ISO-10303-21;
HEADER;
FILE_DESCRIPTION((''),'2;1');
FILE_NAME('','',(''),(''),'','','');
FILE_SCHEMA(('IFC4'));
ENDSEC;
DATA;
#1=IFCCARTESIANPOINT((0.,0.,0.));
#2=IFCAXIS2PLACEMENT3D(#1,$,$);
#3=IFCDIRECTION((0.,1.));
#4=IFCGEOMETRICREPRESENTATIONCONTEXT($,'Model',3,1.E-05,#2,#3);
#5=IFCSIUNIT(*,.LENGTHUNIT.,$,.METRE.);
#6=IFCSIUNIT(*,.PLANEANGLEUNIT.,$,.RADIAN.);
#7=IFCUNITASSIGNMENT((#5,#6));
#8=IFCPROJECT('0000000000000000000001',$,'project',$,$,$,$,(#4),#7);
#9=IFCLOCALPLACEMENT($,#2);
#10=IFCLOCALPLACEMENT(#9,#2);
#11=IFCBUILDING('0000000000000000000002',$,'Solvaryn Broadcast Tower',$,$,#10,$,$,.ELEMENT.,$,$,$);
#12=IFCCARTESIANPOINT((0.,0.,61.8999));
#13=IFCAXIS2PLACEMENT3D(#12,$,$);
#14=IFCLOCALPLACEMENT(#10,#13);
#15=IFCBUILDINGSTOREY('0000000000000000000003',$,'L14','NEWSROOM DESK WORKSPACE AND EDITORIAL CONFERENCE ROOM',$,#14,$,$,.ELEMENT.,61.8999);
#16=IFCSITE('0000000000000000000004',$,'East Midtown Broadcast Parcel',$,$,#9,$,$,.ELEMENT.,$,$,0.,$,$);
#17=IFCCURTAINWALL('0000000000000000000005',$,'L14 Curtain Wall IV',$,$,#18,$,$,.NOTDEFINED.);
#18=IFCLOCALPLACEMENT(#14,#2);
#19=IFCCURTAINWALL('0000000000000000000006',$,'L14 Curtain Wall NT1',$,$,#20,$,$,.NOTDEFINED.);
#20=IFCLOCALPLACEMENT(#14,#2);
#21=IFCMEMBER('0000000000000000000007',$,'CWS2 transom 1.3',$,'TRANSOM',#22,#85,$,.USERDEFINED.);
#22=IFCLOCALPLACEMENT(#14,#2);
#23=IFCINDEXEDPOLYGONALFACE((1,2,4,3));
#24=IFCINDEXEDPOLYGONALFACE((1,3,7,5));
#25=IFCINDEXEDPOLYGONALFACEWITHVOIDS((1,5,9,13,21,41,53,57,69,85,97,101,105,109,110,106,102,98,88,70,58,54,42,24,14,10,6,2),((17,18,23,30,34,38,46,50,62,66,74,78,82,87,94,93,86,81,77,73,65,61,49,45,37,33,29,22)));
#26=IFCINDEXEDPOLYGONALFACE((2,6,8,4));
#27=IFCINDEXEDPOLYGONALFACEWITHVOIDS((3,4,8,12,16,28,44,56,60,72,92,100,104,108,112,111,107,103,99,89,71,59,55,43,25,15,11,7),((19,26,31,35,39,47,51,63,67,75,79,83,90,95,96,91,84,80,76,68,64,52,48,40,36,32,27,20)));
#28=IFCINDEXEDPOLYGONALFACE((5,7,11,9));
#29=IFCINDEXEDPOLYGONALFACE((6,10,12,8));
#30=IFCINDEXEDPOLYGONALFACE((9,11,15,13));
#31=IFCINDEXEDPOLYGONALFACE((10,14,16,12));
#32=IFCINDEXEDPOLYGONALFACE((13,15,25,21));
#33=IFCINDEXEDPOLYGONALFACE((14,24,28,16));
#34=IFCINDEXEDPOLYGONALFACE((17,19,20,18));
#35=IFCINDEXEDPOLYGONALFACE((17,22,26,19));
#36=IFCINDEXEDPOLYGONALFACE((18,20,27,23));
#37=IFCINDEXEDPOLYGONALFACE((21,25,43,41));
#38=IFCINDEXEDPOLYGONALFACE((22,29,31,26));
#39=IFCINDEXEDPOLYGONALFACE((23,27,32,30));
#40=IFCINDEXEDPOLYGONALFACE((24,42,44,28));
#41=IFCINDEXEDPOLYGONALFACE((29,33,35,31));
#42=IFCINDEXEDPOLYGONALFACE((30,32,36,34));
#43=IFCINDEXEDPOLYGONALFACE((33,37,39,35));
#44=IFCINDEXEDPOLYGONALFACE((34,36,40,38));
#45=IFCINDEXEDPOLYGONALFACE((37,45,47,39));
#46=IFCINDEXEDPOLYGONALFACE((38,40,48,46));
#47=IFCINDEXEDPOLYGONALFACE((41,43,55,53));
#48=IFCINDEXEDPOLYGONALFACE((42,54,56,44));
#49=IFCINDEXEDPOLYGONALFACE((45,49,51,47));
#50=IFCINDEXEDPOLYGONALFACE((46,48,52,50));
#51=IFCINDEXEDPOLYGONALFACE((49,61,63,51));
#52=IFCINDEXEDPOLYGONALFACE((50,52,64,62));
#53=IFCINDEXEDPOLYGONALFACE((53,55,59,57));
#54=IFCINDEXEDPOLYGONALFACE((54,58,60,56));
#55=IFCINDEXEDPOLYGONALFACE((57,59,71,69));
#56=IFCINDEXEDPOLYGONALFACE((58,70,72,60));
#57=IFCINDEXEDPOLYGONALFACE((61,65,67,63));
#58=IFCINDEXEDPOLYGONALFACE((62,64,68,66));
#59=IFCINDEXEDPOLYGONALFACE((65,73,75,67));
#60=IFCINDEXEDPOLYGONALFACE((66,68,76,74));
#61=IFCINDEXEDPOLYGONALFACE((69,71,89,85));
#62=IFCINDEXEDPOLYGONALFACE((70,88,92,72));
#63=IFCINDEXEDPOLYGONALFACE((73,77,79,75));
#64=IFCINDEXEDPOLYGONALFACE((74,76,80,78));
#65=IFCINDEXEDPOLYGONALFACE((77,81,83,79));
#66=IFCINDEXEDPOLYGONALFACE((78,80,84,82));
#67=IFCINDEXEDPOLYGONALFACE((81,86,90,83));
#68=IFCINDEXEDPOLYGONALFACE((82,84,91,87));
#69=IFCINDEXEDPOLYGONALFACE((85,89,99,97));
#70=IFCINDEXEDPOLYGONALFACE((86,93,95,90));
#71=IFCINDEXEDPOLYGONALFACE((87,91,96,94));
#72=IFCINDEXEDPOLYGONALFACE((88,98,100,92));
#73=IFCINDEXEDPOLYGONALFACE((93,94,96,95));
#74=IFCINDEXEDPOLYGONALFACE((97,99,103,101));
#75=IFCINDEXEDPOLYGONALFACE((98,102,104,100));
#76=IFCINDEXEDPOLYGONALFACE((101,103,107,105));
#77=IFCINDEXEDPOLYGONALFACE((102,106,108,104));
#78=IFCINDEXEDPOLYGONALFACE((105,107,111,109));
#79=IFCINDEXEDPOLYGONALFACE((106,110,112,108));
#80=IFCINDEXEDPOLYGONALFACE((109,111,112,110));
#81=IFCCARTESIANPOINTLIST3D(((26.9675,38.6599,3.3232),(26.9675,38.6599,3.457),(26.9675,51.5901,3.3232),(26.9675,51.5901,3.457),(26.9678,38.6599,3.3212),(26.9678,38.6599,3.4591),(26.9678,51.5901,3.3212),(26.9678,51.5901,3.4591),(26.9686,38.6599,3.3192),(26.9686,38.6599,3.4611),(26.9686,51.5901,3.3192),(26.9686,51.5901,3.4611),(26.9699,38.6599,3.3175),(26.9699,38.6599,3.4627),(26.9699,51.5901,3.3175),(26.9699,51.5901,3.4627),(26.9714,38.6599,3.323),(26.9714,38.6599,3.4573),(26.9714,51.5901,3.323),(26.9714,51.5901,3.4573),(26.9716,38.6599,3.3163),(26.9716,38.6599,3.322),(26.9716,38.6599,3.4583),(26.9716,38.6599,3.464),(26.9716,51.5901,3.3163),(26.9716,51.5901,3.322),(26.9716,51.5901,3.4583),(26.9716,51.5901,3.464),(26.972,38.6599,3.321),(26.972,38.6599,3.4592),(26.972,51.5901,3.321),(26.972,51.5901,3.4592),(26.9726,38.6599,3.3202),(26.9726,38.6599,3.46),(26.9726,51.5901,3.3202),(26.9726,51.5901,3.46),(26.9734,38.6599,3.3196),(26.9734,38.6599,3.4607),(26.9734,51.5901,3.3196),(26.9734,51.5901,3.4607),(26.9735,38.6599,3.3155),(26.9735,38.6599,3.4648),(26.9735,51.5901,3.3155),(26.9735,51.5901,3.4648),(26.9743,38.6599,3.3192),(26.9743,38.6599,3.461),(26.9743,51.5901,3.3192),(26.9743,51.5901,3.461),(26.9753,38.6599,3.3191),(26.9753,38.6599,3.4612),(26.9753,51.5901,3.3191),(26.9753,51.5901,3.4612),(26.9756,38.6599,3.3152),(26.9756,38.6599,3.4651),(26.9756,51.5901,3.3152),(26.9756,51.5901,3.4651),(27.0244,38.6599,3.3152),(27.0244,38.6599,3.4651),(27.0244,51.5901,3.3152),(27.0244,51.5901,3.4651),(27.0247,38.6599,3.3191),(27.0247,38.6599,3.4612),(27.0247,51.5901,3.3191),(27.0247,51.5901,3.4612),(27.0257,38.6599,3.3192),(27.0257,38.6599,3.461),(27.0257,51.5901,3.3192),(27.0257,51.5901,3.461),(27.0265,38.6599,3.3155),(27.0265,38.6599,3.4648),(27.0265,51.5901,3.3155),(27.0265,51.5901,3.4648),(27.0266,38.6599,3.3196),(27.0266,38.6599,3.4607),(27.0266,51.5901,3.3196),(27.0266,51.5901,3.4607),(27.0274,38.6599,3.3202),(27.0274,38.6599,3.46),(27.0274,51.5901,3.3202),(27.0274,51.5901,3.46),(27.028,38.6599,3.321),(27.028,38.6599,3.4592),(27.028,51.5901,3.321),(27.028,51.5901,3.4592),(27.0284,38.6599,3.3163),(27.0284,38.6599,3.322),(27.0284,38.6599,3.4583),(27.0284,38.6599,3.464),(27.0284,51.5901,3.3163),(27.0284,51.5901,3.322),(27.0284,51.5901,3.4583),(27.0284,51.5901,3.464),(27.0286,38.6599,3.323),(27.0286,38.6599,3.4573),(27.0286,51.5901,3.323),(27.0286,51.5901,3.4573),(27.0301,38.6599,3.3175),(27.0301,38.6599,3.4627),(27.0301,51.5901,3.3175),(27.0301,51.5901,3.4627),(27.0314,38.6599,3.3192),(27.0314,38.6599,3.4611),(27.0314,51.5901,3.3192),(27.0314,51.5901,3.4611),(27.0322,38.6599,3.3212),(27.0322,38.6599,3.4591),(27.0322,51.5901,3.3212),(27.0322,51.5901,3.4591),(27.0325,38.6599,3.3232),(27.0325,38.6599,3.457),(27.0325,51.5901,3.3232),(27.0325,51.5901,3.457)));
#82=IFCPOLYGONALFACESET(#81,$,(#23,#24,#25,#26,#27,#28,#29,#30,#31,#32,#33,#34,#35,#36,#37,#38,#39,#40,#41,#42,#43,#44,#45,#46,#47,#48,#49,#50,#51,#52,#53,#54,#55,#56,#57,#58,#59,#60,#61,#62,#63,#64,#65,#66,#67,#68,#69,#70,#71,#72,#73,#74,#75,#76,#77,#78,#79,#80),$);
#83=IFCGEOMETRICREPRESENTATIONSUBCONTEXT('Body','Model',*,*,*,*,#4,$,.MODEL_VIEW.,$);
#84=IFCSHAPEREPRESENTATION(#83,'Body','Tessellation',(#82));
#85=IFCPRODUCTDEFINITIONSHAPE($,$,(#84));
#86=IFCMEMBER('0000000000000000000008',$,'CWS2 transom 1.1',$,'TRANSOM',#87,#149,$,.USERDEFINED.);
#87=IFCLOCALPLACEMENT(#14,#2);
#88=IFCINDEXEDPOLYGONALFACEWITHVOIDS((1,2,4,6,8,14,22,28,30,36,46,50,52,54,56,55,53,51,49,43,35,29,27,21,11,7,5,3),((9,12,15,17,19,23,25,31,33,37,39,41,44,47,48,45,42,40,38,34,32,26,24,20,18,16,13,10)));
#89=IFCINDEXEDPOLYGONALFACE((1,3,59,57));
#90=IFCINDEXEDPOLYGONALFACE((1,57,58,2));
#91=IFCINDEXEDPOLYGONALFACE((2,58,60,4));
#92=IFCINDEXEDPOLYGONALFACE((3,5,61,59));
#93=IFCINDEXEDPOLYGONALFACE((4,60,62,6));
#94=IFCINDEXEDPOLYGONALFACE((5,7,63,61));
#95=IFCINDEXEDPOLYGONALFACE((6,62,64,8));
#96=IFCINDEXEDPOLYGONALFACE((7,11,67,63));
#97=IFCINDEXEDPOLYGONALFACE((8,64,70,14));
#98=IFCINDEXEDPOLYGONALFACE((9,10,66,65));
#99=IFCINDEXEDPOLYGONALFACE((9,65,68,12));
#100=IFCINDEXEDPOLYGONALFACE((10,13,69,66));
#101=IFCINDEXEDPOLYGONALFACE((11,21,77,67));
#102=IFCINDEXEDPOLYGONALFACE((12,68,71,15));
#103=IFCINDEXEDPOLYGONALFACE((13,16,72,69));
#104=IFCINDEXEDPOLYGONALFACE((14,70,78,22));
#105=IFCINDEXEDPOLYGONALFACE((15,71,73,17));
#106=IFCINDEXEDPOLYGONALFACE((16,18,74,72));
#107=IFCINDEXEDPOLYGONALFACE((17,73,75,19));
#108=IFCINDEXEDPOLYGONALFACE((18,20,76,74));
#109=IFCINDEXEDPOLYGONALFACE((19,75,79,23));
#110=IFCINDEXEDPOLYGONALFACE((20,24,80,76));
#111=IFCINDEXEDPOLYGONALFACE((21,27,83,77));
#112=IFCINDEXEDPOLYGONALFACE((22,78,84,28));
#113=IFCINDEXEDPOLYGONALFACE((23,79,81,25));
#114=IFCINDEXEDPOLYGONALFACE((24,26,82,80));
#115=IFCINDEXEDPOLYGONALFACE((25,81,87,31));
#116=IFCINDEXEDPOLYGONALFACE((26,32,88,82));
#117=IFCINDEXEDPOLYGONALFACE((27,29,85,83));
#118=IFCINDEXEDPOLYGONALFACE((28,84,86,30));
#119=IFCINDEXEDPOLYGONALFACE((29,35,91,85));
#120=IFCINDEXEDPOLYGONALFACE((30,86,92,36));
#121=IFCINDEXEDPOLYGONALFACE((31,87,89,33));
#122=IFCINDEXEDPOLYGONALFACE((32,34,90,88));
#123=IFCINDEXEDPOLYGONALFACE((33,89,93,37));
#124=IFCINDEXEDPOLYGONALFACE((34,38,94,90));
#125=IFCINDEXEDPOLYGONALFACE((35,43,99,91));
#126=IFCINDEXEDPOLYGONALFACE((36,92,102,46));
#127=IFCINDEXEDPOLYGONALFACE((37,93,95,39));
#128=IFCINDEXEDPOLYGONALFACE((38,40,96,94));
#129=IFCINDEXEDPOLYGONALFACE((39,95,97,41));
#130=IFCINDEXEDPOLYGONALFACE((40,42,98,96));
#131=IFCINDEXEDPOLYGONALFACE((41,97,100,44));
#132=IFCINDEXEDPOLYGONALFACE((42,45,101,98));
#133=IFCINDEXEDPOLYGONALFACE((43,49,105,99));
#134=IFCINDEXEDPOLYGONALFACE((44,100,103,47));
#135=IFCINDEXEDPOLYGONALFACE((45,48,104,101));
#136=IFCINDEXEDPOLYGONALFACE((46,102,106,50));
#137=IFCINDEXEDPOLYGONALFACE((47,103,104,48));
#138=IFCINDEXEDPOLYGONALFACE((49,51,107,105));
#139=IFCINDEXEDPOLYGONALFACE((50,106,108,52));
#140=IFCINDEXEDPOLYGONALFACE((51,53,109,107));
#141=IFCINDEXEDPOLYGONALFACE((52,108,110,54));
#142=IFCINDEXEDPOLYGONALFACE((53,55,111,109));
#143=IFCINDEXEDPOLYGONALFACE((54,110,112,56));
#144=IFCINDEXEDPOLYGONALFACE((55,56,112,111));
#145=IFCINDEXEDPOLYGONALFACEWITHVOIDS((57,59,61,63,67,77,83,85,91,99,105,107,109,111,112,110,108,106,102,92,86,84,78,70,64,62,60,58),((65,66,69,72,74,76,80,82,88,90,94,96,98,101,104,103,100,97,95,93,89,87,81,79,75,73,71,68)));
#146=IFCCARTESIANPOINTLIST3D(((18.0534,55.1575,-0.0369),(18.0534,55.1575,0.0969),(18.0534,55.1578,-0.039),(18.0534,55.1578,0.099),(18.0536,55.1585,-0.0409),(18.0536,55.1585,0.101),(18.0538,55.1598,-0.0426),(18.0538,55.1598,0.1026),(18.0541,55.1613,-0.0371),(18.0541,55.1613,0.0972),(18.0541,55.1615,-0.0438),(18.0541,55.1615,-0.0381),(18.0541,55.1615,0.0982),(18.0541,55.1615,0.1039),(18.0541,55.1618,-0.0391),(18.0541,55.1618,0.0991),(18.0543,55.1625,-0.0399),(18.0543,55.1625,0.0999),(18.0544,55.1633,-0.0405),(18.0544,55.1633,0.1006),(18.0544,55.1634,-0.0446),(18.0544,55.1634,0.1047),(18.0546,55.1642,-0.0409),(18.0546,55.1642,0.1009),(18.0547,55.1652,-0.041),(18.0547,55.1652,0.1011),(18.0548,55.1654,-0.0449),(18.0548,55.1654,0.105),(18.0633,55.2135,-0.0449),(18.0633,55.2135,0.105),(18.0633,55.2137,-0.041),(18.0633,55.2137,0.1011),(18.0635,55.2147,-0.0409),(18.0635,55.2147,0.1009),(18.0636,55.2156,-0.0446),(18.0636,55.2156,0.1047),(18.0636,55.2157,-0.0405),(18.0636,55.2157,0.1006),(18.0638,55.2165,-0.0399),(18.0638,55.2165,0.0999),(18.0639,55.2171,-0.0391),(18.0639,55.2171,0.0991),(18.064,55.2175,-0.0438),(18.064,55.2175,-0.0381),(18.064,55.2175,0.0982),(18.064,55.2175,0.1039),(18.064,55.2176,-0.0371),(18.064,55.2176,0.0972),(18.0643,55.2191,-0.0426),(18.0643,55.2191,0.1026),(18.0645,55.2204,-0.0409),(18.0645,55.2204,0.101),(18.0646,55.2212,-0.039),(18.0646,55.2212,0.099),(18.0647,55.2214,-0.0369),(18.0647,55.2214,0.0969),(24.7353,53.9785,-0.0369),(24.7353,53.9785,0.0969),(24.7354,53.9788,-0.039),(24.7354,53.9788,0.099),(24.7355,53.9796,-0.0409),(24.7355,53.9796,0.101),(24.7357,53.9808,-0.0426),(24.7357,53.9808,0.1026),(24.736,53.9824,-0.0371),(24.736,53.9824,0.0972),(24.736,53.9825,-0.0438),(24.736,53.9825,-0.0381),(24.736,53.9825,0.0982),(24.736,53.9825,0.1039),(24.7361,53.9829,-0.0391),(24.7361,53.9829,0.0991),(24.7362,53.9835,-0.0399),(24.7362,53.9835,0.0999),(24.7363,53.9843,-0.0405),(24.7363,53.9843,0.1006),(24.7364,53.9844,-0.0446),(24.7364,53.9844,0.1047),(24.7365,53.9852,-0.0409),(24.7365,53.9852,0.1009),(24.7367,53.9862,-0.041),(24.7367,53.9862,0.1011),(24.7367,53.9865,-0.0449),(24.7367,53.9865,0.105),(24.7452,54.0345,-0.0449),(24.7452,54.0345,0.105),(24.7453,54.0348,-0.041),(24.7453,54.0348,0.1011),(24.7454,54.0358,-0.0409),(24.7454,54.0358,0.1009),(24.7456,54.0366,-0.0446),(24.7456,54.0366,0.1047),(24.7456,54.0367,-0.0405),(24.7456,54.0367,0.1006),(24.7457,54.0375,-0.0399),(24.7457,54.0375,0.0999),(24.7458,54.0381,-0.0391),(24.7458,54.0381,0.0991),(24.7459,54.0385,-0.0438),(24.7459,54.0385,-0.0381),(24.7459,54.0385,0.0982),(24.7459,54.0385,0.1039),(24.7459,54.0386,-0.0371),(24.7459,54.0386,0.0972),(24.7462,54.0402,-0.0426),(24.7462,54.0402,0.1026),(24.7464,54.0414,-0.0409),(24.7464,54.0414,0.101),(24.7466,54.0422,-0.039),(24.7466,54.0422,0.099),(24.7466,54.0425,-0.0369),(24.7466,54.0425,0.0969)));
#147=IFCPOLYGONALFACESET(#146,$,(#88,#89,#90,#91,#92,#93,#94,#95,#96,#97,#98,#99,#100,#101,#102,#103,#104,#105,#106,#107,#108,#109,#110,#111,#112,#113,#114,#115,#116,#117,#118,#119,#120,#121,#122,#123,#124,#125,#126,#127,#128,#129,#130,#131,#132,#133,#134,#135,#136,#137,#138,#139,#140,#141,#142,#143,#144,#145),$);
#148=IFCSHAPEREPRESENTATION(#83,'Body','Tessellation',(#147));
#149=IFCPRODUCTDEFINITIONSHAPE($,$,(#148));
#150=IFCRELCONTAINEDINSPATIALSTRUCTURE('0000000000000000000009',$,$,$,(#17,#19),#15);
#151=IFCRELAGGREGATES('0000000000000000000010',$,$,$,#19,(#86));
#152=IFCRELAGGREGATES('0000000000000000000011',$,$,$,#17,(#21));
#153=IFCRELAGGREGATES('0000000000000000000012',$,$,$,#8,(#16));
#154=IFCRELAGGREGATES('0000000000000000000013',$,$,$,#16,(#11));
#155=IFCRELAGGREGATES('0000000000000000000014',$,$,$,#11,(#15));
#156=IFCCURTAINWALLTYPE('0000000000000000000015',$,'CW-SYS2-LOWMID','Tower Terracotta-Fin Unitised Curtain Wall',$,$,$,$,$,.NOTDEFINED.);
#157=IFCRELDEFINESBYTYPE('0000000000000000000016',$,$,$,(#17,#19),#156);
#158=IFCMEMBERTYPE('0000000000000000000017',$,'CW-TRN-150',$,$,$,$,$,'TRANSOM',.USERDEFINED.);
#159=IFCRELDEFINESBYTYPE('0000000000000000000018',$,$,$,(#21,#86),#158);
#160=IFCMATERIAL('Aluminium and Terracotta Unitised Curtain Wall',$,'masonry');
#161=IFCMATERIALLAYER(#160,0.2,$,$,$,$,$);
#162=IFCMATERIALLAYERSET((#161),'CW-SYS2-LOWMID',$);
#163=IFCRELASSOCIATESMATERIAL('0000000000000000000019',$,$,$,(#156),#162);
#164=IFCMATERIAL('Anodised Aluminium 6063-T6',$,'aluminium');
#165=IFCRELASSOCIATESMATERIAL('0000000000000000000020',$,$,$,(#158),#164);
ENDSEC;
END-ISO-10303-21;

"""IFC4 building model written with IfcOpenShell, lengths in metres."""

from ifc_helpers import new_model, si_unit, direction, frame, origin, origin_2d, place, context, subcontext, project, spatial, hollow_rectangle, extrude, material, layer, layer_set, material_profile, profile_set, type_object, element, aggregate, save


model = new_model("IFC4")

# Units and contexts
model_context = context("Model", 3, precision=1e-05, world=origin(), true_north=direction((0.0, 1.0)))
body_context = subcontext(model_context, "Body", "Model", "MODEL_VIEW")
ifc_project = project(units=[si_unit("LENGTHUNIT", "METRE"), si_unit("PLANEANGLEUNIT", "RADIAN")], contexts=[model_context])

# Site, building, storey
site_placement = place(None, origin())
site = spatial("IfcSite", under=ifc_project, at=site_placement, Name="East Midtown Broadcast Parcel", CompositionType="ELEMENT", RefElevation=0.0)
building_placement = place(site_placement, origin())
building = spatial("IfcBuilding", under=site, at=building_placement, Name="Solvaryn Broadcast Tower", CompositionType="ELEMENT")
storey_placement = place(building_placement, frame((0.0, 0.0, 61.8999)))
storey = spatial("IfcBuildingStorey", under=building, at=storey_placement, Name="L14", Description="NEWSROOM DESK WORKSPACE AND EDITORIAL CONFERENCE ROOM", CompositionType="ELEMENT", Elevation=61.8999)

# Curtain wall
ifc_material_1 = material(Name="Aluminium and Terracotta Unitised Curtain Wall", Category="masonry")
ifc_layer_1 = layer(ifc_material_1, 0.2)
ifc_layer_set_1 = layer_set([ifc_layer_1], Name="CW-SYS2-LOWMID")
curtain_wall_type = type_object("IfcCurtainWallType", Name="CW-SYS2-LOWMID", Description="Tower Terracotta-Fin Unitised Curtain Wall", PredefinedType="NOTDEFINED", material=ifc_layer_set_1)
curtain_wall_1_placement = place(storey_placement, origin())
curtain_wall_1 = element("IfcCurtainWall", 1, at=curtain_wall_1_placement, inside=storey, type_object=curtain_wall_type, Name="L14 Curtain Wall IV", PredefinedType="NOTDEFINED")

# Curtain wall
curtain_wall_2_placement = place(storey_placement, origin())
curtain_wall_2 = element("IfcCurtainWall", 2, at=curtain_wall_2_placement, inside=storey, type_object=curtain_wall_type, Name="L14 Curtain Wall NT1", PredefinedType="NOTDEFINED")

# Members
ifc_material_2 = material(Name="Anodised Aluminium 6063-T6", Category="aluminium")
ifc_material_profile_1 = material_profile(ifc_material_2, hollow_rectangle(XDim=0.0649, YDim=0.1499, WallThickness=0.0039, InnerFilletRadius=0.0039, OuterFilletRadius=0.0081, at=origin_2d()))
ifc_profile_set_1 = profile_set([ifc_material_profile_1], Name="Anodised Aluminium 6063-T6")
member_type_1 = type_object("IfcMemberType", Name="CW-TRN-150", ElementType="TRANSOM", PredefinedType="USERDEFINED", material=ifc_profile_set_1)
member_1_placement = place(storey_placement, frame((27.0, 51.5901, 3.3901), z_axis=(0.0, -1.0, 0.0), x_axis=(1.0, 0.0, 0.0)))
member_1 = element("IfcMember", 3, at=member_1_placement, type_object=member_type_1, Name="CWS2 transom 1.3", ObjectType="TRANSOM", PredefinedType="USERDEFINED", context=body_context, shape_type="SweptSolid", body=[
    extrude(hollow_rectangle(XDim=0.0649, YDim=0.1499, WallThickness=0.0039, InnerFilletRadius=0.0039, OuterFilletRadius=0.0081, at=origin_2d()), origin(), (0.0, 0.0, 1.0), 12.9302),
])
member_2_placement = place(storey_placement, frame((24.741, 54.0105, 0.03), z_axis=(-0.984789, 0.173757, 0.0), x_axis=(-0.173757, -0.984789, 0.0)))
member_2 = element("IfcMember", 4, at=member_2_placement, type_object=member_type_1, Name="CWS2 transom 1.1", ObjectType="TRANSOM", PredefinedType="USERDEFINED", context=body_context, shape_type="SweptSolid", body=[
    extrude(hollow_rectangle(XDim=0.0649, YDim=0.1499, WallThickness=0.0039, InnerFilletRadius=0.0039, OuterFilletRadius=0.0081, at=origin_2d()), origin(), (0.0, 0.0, 1.0), 6.7852),
])
aggregate(curtain_wall_2, [member_2])

aggregate(curtain_wall_1, [member_1])

save(model, "model.ifc")
